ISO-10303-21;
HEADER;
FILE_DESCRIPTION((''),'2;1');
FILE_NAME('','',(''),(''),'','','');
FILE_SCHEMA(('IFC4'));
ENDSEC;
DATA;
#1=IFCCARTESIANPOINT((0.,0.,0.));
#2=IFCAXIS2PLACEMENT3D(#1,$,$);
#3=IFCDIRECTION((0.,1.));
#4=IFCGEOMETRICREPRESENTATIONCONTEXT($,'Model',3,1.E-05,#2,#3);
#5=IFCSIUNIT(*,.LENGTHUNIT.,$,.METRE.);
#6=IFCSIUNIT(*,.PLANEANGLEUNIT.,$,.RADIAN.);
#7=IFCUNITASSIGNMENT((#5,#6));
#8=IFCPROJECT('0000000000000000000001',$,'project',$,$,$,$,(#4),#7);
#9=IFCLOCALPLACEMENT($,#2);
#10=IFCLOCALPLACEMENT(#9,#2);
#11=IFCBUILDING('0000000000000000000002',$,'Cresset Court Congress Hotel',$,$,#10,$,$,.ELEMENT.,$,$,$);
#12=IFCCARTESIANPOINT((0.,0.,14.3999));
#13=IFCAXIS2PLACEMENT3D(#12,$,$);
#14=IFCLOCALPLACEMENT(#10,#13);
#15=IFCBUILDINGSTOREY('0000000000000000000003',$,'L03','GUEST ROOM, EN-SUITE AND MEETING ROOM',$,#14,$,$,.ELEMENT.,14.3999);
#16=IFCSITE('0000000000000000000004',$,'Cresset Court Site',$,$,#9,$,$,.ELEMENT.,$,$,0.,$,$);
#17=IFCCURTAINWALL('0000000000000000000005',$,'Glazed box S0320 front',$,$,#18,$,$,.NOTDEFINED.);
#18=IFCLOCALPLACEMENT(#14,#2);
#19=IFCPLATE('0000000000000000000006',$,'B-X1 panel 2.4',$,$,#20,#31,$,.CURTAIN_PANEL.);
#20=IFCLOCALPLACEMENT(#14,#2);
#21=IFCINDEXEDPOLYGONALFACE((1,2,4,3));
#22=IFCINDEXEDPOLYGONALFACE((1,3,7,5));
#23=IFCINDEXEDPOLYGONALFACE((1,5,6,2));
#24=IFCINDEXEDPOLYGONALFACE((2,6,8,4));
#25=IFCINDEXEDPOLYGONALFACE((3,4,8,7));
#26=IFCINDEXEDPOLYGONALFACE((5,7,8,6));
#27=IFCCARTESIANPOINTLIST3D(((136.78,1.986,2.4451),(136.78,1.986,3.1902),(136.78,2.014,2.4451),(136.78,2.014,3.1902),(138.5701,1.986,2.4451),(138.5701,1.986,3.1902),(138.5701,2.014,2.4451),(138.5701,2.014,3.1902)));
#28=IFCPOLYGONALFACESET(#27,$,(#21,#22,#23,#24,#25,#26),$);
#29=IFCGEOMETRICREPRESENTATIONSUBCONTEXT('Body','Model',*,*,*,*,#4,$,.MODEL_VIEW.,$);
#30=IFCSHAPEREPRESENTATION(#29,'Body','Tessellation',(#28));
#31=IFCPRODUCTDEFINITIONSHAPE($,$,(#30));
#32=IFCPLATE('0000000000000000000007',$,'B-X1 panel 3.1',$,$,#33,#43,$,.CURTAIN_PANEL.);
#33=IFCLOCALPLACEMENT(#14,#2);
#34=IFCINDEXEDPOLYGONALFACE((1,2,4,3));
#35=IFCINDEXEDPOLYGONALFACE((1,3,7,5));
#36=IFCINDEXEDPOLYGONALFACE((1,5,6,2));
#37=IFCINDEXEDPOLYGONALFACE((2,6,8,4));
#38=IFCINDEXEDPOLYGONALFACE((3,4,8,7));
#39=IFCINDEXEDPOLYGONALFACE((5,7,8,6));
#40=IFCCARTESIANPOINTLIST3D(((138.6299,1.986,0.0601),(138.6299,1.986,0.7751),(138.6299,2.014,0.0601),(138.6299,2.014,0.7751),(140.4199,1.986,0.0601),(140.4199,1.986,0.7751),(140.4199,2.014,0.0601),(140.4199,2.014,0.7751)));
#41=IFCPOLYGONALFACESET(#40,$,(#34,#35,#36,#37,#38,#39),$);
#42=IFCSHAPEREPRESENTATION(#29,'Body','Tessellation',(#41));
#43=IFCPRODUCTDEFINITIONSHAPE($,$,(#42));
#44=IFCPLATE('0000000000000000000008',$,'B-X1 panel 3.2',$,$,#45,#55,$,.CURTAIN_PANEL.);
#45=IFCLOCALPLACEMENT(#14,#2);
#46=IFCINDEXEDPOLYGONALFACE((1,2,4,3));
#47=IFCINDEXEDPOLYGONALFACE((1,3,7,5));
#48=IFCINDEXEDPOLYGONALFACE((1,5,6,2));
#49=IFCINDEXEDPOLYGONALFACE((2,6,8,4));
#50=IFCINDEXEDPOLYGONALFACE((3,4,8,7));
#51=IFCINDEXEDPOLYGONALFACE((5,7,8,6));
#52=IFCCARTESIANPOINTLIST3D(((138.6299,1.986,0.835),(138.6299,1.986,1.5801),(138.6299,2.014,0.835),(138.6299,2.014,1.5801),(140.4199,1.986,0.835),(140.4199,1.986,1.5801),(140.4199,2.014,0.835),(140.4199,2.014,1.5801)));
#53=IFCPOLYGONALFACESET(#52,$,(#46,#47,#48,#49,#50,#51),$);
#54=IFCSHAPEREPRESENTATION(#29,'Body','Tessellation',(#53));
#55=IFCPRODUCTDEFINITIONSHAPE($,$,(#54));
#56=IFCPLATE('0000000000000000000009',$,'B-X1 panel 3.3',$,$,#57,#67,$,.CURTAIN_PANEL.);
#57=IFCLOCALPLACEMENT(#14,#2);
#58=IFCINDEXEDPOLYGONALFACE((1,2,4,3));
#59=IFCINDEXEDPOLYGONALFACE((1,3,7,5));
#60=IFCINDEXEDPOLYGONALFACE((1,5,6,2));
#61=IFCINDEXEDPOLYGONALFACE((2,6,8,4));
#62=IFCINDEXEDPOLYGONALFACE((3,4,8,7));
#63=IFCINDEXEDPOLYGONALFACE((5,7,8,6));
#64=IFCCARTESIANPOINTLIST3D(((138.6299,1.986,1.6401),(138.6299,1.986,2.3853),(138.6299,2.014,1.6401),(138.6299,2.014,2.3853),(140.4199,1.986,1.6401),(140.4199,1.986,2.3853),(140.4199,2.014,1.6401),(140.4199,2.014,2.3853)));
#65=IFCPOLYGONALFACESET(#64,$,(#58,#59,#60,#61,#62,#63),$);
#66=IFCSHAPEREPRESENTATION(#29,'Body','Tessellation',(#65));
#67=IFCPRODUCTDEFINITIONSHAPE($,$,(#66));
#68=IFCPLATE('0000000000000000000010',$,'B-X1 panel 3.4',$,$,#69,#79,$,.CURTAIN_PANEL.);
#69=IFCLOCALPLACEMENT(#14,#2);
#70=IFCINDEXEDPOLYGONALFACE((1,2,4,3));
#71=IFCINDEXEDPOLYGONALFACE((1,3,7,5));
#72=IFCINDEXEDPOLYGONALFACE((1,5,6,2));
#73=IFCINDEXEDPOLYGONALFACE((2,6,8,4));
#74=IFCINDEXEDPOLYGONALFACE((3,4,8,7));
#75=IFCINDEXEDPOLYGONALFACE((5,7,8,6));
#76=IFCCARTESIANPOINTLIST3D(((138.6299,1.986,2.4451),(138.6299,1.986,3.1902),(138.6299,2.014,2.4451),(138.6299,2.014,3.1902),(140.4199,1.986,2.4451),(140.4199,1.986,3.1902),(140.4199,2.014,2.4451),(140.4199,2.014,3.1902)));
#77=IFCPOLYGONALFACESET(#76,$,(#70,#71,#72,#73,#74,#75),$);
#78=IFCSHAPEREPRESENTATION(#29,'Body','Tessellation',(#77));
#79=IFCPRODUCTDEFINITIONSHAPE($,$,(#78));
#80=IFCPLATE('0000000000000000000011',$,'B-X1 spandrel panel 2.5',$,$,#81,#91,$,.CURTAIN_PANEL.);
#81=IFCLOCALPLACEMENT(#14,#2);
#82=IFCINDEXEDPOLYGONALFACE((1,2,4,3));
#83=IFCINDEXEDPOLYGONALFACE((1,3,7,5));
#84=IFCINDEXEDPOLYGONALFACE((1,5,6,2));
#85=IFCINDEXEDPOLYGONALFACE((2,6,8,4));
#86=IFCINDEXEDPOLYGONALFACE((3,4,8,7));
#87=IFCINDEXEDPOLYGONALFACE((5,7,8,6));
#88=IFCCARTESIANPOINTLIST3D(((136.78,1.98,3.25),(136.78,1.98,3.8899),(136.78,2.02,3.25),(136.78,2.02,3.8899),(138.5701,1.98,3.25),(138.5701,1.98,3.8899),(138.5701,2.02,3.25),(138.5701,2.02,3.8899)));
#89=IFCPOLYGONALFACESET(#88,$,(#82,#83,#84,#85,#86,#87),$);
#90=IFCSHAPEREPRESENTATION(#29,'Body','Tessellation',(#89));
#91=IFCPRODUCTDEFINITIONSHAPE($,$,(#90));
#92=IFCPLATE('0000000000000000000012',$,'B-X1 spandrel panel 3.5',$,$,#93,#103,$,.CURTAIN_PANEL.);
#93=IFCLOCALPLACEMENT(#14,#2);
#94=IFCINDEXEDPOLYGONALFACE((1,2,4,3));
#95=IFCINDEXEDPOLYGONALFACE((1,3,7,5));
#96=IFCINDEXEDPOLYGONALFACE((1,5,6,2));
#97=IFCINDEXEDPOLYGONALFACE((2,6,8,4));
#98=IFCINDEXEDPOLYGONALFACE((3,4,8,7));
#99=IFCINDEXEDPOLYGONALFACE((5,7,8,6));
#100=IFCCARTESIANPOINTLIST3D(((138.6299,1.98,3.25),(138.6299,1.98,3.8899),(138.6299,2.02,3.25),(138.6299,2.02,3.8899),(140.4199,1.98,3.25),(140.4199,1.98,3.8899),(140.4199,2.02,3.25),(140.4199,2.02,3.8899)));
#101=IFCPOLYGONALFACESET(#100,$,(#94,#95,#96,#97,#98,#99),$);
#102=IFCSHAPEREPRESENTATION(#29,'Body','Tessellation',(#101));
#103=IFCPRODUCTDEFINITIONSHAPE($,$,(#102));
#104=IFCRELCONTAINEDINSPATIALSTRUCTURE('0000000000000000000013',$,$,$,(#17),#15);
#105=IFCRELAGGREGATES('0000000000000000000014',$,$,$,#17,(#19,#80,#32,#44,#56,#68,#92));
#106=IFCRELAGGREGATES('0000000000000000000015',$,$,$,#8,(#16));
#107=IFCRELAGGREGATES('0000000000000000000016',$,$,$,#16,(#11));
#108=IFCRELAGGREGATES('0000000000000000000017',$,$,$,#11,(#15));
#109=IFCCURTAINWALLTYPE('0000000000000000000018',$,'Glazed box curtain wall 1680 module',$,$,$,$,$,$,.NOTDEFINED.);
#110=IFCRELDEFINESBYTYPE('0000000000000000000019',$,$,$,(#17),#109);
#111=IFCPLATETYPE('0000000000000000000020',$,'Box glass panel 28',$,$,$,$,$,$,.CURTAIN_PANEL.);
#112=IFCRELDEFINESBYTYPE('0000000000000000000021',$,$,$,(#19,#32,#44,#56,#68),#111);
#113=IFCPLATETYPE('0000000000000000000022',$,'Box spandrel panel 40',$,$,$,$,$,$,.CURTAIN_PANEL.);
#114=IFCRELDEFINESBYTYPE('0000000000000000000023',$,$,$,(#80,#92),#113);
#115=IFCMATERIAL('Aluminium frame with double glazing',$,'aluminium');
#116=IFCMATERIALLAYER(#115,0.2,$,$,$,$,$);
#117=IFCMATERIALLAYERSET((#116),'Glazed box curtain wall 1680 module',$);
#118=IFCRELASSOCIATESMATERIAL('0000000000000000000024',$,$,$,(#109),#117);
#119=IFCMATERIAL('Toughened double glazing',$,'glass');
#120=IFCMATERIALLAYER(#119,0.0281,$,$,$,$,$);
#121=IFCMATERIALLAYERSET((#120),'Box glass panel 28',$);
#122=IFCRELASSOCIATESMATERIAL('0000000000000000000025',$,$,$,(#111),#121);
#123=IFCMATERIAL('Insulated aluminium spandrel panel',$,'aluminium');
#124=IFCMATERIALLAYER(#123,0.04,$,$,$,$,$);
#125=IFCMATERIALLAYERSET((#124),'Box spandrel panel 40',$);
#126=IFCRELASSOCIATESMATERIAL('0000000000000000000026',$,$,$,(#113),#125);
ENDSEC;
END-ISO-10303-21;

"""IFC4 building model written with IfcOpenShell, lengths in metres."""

from ifc_helpers import new_model, si_unit, direction, frame, origin, origin_2d, place, context, subcontext, project, spatial, rectangle, extrude, material, layer, layer_set, type_object, element, aggregate, save


model = new_model("IFC4")

# Units and contexts
model_context = context("Model", 3, precision=1e-05, world=origin(), true_north=direction((0.0, 1.0)))
body_context = subcontext(model_context, "Body", "Model", "MODEL_VIEW")
ifc_project = project(units=[si_unit("LENGTHUNIT", "METRE"), si_unit("PLANEANGLEUNIT", "RADIAN")], contexts=[model_context])

# Site, building, storey
site_placement = place(None, origin())
site = spatial("IfcSite", under=ifc_project, at=site_placement, Name="Cresset Court Site", CompositionType="ELEMENT", RefElevation=0.0)
building_placement = place(site_placement, origin())
building = spatial("IfcBuilding", under=site, at=building_placement, Name="Cresset Court Congress Hotel", CompositionType="ELEMENT")
storey_placement = place(building_placement, frame((0.0, 0.0, 14.3999)))
storey = spatial("IfcBuildingStorey", under=building, at=storey_placement, Name="L03", Description="GUEST ROOM, EN-SUITE AND MEETING ROOM", CompositionType="ELEMENT", Elevation=14.3999)

# Curtain wall, plates
ifc_material_1 = material(Name="Aluminium frame with double glazing", Category="aluminium")
ifc_layer_1 = layer(ifc_material_1, 0.2)
ifc_layer_set_1 = layer_set([ifc_layer_1], Name="Glazed box curtain wall 1680 module")
curtain_wall_type = type_object("IfcCurtainWallType", Name="Glazed box curtain wall 1680 module", PredefinedType="NOTDEFINED", material=ifc_layer_set_1)
curtain_wall_placement = place(storey_placement, origin())
curtain_wall = element("IfcCurtainWall", 1, at=curtain_wall_placement, inside=storey, type_object=curtain_wall_type, Name="Glazed box S0320 front", PredefinedType="NOTDEFINED")
ifc_material_2 = material(Name="Toughened double glazing", Category="glass")
ifc_layer_2 = layer(ifc_material_2, 0.0281)
ifc_layer_set_2 = layer_set([ifc_layer_2], Name="Box glass panel 28")
plate_type_1 = type_object("IfcPlateType", Name="Box glass panel 28", PredefinedType="CURTAIN_PANEL", material=ifc_layer_set_2)
plate_1_placement = place(storey_placement, frame((137.675, 2.0, 2.4451), z_axis=(0.0, 0.0, 1.0), x_axis=(1.0, 0.0, 0.0)))
plate_1 = element("IfcPlate", 2, at=plate_1_placement, type_object=plate_type_1, Name="B-X1 panel 2.4", PredefinedType="CURTAIN_PANEL", context=body_context, shape_type="SweptSolid", body=[
    extrude(rectangle(XDim=1.79, YDim=0.0281, at=origin_2d()), origin(), (0.0, 0.0, 1.0), 0.7451),
])
plate_2_placement = place(storey_placement, frame((139.5249, 2.0, 0.0601), z_axis=(0.0, 0.0, 1.0), x_axis=(1.0, 0.0, 0.0)))
plate_2 = element("IfcPlate", 3, at=plate_2_placement, type_object=plate_type_1, Name="B-X1 panel 3.1", PredefinedType="CURTAIN_PANEL", context=body_context, shape_type="SweptSolid", body=[
    extrude(rectangle(XDim=1.79, YDim=0.0281, at=origin_2d()), origin(), (0.0, 0.0, 1.0), 0.7151),
])
plate_3_placement = place(storey_placement, frame((139.5249, 2.0, 0.835), z_axis=(0.0, 0.0, 1.0), x_axis=(1.0, 0.0, 0.0)))
plate_3 = element("IfcPlate", 4, at=plate_3_placement, type_object=plate_type_1, Name="B-X1 panel 3.2", PredefinedType="CURTAIN_PANEL", context=body_context, shape_type="SweptSolid", body=[
    extrude(rectangle(XDim=1.79, YDim=0.0281, at=origin_2d()), origin(), (0.0, 0.0, 1.0), 0.7451),
])
plate_4_placement = place(storey_placement, frame((139.5249, 2.0, 1.6401), z_axis=(0.0, 0.0, 1.0), x_axis=(1.0, 0.0, 0.0)))
plate_4 = element("IfcPlate", 5, at=plate_4_placement, type_object=plate_type_1, Name="B-X1 panel 3.3", PredefinedType="CURTAIN_PANEL", context=body_context, shape_type="SweptSolid", body=[
    extrude(rectangle(XDim=1.79, YDim=0.0281, at=origin_2d()), origin(), (0.0, 0.0, 1.0), 0.7451),
])
plate_5_placement = place(storey_placement, frame((139.5249, 2.0, 2.4451), z_axis=(0.0, 0.0, 1.0), x_axis=(1.0, 0.0, 0.0)))
plate_5 = element("IfcPlate", 6, at=plate_5_placement, type_object=plate_type_1, Name="B-X1 panel 3.4", PredefinedType="CURTAIN_PANEL", context=body_context, shape_type="SweptSolid", body=[
    extrude(rectangle(XDim=1.79, YDim=0.0281, at=origin_2d()), origin(), (0.0, 0.0, 1.0), 0.7451),
])
ifc_material_3 = material(Name="Insulated aluminium spandrel panel", Category="aluminium")
ifc_layer_3 = layer(ifc_material_3, 0.04)
ifc_layer_set_3 = layer_set([ifc_layer_3], Name="Box spandrel panel 40")
plate_type_2 = type_object("IfcPlateType", Name="Box spandrel panel 40", PredefinedType="CURTAIN_PANEL", material=ifc_layer_set_3)
plate_6_placement = place(storey_placement, frame((137.675, 2.0, 3.25), z_axis=(0.0, 0.0, 1.0), x_axis=(1.0, 0.0, 0.0)))
plate_6 = element("IfcPlate", 7, at=plate_6_placement, type_object=plate_type_2, Name="B-X1 spandrel panel 2.5", PredefinedType="CURTAIN_PANEL", context=body_context, shape_type="SweptSolid", body=[
    extrude(rectangle(XDim=1.79, YDim=0.04, at=origin_2d()), origin(), (0.0, 0.0, 1.0), 0.6399),
])
plate_7_placement = place(storey_placement, frame((139.5249, 2.0, 3.25), z_axis=(0.0, 0.0, 1.0), x_axis=(1.0, 0.0, 0.0)))
plate_7 = element("IfcPlate", 8, at=plate_7_placement, type_object=plate_type_2, Name="B-X1 spandrel panel 3.5", PredefinedType="CURTAIN_PANEL", context=body_context, shape_type="SweptSolid", body=[
    extrude(rectangle(XDim=1.79, YDim=0.04, at=origin_2d()), origin(), (0.0, 0.0, 1.0), 0.6399),
])
aggregate(curtain_wall, [plate_1, plate_6, plate_2, plate_3, plate_4, plate_5, plate_7])

save(model, "model.ifc")
